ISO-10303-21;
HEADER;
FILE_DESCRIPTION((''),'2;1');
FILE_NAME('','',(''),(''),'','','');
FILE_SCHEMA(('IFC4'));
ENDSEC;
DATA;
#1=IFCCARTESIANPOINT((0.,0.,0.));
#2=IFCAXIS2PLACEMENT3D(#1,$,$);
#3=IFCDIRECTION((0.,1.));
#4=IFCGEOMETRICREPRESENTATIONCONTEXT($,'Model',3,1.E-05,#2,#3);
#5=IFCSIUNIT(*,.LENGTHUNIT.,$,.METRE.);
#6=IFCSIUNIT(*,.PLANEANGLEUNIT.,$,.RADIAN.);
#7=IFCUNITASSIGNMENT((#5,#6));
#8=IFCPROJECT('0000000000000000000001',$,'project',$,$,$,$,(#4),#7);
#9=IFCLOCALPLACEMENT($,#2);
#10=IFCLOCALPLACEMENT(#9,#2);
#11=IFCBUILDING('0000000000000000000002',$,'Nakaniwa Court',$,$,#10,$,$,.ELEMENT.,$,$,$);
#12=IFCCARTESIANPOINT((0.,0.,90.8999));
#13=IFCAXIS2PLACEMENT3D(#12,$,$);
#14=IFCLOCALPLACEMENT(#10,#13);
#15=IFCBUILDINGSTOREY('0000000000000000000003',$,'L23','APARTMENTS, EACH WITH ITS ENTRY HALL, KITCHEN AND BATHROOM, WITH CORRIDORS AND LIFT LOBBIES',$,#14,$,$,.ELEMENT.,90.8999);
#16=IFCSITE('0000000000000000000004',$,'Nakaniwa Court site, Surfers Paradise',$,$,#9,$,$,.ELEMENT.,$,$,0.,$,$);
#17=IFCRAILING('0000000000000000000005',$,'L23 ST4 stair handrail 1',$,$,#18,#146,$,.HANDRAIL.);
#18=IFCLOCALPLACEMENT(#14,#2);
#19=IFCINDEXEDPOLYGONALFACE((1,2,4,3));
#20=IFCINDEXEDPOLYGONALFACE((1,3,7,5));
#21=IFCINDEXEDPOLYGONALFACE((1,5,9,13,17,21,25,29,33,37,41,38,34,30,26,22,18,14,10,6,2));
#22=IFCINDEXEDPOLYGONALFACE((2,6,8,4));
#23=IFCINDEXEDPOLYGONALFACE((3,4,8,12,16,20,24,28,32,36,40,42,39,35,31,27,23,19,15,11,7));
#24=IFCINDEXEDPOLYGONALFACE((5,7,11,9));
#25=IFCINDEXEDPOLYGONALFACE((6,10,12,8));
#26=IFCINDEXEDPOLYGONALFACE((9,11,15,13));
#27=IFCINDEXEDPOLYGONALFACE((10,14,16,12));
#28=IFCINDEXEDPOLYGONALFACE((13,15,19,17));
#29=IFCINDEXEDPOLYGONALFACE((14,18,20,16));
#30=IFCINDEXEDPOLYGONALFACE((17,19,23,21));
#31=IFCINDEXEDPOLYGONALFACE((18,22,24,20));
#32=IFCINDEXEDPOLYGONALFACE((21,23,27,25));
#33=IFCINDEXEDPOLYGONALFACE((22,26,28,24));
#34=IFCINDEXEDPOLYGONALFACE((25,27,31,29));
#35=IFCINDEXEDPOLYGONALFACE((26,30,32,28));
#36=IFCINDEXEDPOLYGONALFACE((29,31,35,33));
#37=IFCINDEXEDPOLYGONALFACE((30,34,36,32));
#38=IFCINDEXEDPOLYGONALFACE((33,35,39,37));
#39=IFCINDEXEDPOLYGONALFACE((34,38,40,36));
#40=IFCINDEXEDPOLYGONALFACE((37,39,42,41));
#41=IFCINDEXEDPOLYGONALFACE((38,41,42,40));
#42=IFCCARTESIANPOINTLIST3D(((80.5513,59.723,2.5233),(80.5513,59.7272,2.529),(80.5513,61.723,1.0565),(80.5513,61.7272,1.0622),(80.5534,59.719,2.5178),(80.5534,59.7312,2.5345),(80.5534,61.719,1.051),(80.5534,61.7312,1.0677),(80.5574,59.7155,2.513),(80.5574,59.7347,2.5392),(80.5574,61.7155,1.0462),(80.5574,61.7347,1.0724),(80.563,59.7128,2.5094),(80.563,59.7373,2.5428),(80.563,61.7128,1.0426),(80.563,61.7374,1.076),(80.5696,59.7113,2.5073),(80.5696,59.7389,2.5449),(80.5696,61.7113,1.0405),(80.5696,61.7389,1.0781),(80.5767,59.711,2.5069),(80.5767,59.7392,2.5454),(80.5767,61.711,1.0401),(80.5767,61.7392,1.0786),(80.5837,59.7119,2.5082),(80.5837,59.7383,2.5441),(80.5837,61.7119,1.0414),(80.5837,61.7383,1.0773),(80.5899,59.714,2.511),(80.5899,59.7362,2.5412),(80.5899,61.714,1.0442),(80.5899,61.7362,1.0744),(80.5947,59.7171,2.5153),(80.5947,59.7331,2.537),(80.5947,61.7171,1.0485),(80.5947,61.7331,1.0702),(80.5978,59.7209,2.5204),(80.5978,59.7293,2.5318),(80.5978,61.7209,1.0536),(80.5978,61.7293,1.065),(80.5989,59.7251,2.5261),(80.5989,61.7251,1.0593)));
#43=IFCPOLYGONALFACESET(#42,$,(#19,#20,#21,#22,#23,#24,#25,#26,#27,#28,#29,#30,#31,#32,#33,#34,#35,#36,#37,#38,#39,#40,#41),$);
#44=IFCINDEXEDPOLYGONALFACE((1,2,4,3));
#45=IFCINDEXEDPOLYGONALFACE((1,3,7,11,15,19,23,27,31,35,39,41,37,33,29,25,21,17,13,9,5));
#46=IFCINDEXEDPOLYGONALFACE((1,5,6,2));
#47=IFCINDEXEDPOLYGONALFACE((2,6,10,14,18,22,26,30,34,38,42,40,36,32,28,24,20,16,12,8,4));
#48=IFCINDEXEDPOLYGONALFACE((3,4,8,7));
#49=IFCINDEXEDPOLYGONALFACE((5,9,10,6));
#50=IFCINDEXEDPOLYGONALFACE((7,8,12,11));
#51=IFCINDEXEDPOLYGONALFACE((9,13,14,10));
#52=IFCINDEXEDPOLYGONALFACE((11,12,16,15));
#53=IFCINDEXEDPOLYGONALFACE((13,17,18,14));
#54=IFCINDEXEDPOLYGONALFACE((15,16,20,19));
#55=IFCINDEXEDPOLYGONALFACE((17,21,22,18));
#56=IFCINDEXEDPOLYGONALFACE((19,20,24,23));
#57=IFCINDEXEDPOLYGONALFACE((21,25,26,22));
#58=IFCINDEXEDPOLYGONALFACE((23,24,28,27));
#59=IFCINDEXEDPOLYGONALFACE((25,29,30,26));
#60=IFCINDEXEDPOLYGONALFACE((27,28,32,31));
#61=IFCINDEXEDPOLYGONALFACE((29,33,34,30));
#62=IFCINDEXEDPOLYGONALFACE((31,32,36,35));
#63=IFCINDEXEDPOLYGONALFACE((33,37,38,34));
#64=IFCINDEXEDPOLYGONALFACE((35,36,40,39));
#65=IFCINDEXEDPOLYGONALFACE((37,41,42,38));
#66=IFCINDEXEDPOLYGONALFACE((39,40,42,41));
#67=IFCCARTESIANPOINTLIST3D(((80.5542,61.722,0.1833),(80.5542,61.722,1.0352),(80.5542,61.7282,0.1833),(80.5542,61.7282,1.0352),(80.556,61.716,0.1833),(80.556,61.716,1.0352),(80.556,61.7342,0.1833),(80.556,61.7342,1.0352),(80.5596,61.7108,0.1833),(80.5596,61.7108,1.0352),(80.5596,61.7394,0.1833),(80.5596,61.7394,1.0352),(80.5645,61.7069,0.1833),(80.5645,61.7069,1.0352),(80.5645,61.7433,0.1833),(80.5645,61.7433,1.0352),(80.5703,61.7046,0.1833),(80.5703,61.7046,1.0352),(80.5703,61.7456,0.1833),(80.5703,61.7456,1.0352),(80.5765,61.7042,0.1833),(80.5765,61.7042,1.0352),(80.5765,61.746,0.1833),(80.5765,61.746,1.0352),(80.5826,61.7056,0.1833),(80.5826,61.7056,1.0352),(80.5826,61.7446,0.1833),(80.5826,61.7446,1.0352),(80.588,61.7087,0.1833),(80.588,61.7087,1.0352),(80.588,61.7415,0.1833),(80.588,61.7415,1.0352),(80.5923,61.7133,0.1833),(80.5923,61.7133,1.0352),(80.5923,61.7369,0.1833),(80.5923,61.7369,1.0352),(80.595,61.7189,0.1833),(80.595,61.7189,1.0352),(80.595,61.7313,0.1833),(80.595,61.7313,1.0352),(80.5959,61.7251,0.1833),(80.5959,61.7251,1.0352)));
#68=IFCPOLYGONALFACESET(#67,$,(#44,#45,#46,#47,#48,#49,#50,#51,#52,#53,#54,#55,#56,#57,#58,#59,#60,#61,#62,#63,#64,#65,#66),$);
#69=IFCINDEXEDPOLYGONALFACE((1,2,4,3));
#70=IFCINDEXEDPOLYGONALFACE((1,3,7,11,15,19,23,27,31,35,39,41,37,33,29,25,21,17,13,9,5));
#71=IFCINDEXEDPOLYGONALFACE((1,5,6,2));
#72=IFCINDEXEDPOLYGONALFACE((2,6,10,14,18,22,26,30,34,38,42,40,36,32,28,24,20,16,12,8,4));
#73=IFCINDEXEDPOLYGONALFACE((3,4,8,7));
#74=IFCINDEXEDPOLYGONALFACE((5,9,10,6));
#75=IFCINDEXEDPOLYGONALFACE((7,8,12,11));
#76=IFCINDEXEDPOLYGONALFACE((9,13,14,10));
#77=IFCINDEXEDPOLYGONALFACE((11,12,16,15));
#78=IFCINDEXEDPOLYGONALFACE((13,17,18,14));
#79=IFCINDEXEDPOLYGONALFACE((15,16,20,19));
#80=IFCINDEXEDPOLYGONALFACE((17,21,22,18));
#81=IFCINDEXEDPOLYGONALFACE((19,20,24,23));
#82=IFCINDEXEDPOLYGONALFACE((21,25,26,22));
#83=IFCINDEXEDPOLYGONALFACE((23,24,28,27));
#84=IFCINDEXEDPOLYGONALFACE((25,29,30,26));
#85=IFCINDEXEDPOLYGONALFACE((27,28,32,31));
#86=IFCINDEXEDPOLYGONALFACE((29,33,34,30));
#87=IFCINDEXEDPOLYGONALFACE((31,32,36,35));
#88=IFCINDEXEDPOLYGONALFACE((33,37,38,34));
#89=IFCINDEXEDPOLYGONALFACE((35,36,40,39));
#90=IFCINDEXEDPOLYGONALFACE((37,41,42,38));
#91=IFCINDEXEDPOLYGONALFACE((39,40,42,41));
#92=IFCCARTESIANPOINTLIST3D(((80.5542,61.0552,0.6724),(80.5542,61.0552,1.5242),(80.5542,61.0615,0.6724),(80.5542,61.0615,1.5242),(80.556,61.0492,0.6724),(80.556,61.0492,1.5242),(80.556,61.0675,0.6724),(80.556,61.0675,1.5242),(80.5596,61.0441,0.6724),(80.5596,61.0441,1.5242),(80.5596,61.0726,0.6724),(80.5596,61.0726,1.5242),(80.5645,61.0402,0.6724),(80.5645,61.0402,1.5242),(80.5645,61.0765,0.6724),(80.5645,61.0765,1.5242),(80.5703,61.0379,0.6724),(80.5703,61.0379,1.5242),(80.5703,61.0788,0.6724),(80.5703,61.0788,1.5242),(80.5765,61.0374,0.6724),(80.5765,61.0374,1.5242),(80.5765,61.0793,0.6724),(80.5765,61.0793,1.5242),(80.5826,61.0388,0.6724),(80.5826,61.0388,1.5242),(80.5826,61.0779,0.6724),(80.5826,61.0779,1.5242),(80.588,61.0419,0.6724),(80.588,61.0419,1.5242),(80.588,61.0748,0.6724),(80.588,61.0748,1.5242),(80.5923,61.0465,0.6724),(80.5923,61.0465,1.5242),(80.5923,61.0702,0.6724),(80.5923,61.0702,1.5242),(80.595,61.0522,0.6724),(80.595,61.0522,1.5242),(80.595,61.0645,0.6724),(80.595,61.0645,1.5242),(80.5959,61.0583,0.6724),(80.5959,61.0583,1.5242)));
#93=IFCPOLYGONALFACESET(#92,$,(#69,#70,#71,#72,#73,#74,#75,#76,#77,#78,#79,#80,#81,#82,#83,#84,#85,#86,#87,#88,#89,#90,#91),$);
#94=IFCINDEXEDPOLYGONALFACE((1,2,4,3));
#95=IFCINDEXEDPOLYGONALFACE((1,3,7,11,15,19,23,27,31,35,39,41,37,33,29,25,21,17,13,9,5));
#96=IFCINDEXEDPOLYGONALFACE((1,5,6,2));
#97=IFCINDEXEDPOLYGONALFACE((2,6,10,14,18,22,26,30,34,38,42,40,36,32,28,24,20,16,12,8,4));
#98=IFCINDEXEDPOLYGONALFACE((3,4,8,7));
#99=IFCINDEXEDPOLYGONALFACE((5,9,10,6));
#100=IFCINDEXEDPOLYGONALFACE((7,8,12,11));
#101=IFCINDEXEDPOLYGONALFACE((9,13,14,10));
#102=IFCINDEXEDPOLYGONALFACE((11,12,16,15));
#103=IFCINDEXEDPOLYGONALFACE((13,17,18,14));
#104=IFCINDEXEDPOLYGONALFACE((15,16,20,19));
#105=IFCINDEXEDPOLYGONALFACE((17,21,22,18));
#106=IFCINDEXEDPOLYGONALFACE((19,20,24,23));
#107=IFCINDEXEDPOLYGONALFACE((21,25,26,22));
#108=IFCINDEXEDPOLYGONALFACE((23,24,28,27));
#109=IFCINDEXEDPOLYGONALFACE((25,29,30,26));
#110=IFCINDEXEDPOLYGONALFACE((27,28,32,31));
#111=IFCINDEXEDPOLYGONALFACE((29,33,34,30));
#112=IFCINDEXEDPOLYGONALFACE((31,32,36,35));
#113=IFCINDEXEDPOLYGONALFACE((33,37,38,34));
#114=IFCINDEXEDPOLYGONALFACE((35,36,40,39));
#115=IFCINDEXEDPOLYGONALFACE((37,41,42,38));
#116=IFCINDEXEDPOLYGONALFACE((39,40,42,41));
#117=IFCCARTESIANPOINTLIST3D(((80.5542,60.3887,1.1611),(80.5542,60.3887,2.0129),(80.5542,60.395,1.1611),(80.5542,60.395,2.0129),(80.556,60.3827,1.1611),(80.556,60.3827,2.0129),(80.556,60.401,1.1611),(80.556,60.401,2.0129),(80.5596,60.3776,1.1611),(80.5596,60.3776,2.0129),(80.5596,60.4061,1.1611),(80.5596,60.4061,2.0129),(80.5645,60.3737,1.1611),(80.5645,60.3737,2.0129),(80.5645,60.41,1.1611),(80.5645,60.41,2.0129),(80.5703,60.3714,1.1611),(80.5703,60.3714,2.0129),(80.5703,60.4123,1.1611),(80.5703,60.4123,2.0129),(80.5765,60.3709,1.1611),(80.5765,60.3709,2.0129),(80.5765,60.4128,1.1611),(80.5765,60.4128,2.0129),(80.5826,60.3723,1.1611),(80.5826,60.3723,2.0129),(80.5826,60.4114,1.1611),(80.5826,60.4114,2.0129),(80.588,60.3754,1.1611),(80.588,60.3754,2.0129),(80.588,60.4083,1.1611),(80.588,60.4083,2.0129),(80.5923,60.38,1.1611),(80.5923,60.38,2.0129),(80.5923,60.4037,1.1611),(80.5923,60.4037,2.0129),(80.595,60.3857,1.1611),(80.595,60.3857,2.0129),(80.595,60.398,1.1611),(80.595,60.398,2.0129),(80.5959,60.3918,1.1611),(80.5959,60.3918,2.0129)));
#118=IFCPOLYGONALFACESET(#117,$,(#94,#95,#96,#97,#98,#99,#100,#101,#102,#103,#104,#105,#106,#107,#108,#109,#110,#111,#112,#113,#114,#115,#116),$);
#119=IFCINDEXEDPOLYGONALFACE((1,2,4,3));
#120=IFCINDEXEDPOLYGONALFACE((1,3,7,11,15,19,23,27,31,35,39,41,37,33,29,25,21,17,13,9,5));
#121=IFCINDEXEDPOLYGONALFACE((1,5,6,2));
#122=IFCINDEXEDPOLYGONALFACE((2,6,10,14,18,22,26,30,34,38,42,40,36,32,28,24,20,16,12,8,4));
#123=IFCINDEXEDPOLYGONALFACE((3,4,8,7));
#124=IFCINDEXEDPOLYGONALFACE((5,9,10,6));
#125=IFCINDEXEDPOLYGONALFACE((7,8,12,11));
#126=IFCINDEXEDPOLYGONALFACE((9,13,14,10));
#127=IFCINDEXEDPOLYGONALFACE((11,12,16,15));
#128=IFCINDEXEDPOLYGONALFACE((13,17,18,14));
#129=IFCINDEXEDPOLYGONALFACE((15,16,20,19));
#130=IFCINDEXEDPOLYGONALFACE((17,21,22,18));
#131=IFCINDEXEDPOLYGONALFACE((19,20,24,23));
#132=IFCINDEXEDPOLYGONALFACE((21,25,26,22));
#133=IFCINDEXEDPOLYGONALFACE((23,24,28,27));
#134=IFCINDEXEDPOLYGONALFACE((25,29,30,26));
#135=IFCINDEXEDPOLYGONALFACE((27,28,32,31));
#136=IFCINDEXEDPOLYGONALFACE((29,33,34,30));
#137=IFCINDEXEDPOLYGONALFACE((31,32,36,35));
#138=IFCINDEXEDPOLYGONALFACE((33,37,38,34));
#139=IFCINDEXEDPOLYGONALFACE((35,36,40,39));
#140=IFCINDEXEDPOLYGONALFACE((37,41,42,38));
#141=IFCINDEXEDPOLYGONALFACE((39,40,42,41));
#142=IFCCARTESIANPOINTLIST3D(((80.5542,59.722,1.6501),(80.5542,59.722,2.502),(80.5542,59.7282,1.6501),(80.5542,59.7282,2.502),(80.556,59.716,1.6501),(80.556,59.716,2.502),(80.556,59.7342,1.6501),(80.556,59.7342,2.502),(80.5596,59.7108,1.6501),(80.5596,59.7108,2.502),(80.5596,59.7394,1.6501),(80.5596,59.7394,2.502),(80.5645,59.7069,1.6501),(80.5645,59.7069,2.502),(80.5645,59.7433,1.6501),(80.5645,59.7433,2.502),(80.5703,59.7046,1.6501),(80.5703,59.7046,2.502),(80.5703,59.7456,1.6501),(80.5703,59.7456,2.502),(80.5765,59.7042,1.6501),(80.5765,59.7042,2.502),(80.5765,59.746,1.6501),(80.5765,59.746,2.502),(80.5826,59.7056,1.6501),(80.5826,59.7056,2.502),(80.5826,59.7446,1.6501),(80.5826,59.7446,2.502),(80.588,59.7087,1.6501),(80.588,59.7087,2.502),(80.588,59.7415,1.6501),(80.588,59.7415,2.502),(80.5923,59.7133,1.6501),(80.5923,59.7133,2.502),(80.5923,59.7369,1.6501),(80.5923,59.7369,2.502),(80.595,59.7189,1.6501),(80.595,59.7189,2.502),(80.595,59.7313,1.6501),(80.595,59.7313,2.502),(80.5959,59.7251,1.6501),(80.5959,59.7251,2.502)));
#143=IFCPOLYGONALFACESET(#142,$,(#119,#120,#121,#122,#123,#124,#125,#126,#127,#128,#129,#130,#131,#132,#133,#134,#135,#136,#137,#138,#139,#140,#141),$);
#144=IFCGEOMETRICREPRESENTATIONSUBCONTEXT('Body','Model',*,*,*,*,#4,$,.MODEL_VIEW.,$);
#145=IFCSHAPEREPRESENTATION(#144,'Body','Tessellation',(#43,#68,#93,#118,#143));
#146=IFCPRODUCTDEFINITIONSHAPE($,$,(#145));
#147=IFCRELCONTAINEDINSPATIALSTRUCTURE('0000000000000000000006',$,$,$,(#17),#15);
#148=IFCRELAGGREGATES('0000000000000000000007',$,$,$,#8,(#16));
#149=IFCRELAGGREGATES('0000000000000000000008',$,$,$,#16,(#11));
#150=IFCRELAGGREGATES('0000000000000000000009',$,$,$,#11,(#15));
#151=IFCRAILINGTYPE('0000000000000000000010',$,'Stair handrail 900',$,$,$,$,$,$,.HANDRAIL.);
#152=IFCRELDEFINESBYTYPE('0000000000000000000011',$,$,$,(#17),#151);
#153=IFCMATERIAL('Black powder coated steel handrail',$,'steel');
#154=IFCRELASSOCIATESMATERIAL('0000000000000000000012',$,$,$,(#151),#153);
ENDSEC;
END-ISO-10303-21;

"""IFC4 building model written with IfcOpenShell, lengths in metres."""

from ifc_helpers import new_model, si_unit, direction, frame, origin, origin_2d, place, context, subcontext, project, spatial, circle, extrude, material, type_object, element, save


model = new_model("IFC4")

# Units and contexts
model_context = context("Model", 3, precision=1e-05, world=origin(), true_north=direction((0.0, 1.0)))
body_context = subcontext(model_context, "Body", "Model", "MODEL_VIEW")
ifc_project = project(units=[si_unit("LENGTHUNIT", "METRE"), si_unit("PLANEANGLEUNIT", "RADIAN")], contexts=[model_context])

# Site, building, storey
site_placement = place(None, origin())
site = spatial("IfcSite", under=ifc_project, at=site_placement, Name="Nakaniwa Court site, Surfers Paradise", CompositionType="ELEMENT", RefElevation=0.0)
building_placement = place(site_placement, origin())
building = spatial("IfcBuilding", under=site, at=building_placement, Name="Nakaniwa Court", CompositionType="ELEMENT")
storey_placement = place(building_placement, frame((0.0, 0.0, 90.8999)))
storey = spatial("IfcBuildingStorey", under=building, at=storey_placement, Name="L23", Description="APARTMENTS, EACH WITH ITS ENTRY HALL, KITCHEN AND BATHROOM, WITH CORRIDORS AND LIFT LOBBIES", CompositionType="ELEMENT", Elevation=90.8999)

# Railing
ifc_material_1 = material(Name="Black powder coated steel handrail", Category="steel")
railing_type_1 = type_object("IfcRailingType", Name="Stair handrail 900", PredefinedType="HANDRAIL", material=ifc_material_1)
railing_1_placement = place(storey_placement, frame((80.575, 61.7251, 0.1833)))
element("IfcRailing", 1, at=railing_1_placement, inside=storey, type_object=railing_type_1, Name="L23 ST4 stair handrail 1", PredefinedType="HANDRAIL", context=body_context, shape_type="SweptSolid", body=[
    extrude(circle(Radius=0.0239, at=origin_2d()), frame((0.0, 0.0, 0.876), z_axis=(0.0, -0.80638, 0.591398), x_axis=(1.0, 0.0, 0.0)), (0.0, 0.0, 1.0), 2.4802),
    extrude(circle(Radius=0.021, at=origin_2d()), origin(), (0.0, 0.0, 1.0), 0.8518),
    extrude(circle(Radius=0.021, at=origin_2d()), frame((0.0, -0.6667, 0.489)), (0.0, 0.0, 1.0), 0.8518),
    extrude(circle(Radius=0.021, at=origin_2d()), frame((0.0, -1.3333, 0.9778)), (0.0, 0.0, 1.0), 0.8518),
    extrude(circle(Radius=0.021, at=origin_2d()), frame((0.0, -2.0, 1.4668)), (0.0, 0.0, 1.0), 0.8518),
])

save(model, "model.ifc")
